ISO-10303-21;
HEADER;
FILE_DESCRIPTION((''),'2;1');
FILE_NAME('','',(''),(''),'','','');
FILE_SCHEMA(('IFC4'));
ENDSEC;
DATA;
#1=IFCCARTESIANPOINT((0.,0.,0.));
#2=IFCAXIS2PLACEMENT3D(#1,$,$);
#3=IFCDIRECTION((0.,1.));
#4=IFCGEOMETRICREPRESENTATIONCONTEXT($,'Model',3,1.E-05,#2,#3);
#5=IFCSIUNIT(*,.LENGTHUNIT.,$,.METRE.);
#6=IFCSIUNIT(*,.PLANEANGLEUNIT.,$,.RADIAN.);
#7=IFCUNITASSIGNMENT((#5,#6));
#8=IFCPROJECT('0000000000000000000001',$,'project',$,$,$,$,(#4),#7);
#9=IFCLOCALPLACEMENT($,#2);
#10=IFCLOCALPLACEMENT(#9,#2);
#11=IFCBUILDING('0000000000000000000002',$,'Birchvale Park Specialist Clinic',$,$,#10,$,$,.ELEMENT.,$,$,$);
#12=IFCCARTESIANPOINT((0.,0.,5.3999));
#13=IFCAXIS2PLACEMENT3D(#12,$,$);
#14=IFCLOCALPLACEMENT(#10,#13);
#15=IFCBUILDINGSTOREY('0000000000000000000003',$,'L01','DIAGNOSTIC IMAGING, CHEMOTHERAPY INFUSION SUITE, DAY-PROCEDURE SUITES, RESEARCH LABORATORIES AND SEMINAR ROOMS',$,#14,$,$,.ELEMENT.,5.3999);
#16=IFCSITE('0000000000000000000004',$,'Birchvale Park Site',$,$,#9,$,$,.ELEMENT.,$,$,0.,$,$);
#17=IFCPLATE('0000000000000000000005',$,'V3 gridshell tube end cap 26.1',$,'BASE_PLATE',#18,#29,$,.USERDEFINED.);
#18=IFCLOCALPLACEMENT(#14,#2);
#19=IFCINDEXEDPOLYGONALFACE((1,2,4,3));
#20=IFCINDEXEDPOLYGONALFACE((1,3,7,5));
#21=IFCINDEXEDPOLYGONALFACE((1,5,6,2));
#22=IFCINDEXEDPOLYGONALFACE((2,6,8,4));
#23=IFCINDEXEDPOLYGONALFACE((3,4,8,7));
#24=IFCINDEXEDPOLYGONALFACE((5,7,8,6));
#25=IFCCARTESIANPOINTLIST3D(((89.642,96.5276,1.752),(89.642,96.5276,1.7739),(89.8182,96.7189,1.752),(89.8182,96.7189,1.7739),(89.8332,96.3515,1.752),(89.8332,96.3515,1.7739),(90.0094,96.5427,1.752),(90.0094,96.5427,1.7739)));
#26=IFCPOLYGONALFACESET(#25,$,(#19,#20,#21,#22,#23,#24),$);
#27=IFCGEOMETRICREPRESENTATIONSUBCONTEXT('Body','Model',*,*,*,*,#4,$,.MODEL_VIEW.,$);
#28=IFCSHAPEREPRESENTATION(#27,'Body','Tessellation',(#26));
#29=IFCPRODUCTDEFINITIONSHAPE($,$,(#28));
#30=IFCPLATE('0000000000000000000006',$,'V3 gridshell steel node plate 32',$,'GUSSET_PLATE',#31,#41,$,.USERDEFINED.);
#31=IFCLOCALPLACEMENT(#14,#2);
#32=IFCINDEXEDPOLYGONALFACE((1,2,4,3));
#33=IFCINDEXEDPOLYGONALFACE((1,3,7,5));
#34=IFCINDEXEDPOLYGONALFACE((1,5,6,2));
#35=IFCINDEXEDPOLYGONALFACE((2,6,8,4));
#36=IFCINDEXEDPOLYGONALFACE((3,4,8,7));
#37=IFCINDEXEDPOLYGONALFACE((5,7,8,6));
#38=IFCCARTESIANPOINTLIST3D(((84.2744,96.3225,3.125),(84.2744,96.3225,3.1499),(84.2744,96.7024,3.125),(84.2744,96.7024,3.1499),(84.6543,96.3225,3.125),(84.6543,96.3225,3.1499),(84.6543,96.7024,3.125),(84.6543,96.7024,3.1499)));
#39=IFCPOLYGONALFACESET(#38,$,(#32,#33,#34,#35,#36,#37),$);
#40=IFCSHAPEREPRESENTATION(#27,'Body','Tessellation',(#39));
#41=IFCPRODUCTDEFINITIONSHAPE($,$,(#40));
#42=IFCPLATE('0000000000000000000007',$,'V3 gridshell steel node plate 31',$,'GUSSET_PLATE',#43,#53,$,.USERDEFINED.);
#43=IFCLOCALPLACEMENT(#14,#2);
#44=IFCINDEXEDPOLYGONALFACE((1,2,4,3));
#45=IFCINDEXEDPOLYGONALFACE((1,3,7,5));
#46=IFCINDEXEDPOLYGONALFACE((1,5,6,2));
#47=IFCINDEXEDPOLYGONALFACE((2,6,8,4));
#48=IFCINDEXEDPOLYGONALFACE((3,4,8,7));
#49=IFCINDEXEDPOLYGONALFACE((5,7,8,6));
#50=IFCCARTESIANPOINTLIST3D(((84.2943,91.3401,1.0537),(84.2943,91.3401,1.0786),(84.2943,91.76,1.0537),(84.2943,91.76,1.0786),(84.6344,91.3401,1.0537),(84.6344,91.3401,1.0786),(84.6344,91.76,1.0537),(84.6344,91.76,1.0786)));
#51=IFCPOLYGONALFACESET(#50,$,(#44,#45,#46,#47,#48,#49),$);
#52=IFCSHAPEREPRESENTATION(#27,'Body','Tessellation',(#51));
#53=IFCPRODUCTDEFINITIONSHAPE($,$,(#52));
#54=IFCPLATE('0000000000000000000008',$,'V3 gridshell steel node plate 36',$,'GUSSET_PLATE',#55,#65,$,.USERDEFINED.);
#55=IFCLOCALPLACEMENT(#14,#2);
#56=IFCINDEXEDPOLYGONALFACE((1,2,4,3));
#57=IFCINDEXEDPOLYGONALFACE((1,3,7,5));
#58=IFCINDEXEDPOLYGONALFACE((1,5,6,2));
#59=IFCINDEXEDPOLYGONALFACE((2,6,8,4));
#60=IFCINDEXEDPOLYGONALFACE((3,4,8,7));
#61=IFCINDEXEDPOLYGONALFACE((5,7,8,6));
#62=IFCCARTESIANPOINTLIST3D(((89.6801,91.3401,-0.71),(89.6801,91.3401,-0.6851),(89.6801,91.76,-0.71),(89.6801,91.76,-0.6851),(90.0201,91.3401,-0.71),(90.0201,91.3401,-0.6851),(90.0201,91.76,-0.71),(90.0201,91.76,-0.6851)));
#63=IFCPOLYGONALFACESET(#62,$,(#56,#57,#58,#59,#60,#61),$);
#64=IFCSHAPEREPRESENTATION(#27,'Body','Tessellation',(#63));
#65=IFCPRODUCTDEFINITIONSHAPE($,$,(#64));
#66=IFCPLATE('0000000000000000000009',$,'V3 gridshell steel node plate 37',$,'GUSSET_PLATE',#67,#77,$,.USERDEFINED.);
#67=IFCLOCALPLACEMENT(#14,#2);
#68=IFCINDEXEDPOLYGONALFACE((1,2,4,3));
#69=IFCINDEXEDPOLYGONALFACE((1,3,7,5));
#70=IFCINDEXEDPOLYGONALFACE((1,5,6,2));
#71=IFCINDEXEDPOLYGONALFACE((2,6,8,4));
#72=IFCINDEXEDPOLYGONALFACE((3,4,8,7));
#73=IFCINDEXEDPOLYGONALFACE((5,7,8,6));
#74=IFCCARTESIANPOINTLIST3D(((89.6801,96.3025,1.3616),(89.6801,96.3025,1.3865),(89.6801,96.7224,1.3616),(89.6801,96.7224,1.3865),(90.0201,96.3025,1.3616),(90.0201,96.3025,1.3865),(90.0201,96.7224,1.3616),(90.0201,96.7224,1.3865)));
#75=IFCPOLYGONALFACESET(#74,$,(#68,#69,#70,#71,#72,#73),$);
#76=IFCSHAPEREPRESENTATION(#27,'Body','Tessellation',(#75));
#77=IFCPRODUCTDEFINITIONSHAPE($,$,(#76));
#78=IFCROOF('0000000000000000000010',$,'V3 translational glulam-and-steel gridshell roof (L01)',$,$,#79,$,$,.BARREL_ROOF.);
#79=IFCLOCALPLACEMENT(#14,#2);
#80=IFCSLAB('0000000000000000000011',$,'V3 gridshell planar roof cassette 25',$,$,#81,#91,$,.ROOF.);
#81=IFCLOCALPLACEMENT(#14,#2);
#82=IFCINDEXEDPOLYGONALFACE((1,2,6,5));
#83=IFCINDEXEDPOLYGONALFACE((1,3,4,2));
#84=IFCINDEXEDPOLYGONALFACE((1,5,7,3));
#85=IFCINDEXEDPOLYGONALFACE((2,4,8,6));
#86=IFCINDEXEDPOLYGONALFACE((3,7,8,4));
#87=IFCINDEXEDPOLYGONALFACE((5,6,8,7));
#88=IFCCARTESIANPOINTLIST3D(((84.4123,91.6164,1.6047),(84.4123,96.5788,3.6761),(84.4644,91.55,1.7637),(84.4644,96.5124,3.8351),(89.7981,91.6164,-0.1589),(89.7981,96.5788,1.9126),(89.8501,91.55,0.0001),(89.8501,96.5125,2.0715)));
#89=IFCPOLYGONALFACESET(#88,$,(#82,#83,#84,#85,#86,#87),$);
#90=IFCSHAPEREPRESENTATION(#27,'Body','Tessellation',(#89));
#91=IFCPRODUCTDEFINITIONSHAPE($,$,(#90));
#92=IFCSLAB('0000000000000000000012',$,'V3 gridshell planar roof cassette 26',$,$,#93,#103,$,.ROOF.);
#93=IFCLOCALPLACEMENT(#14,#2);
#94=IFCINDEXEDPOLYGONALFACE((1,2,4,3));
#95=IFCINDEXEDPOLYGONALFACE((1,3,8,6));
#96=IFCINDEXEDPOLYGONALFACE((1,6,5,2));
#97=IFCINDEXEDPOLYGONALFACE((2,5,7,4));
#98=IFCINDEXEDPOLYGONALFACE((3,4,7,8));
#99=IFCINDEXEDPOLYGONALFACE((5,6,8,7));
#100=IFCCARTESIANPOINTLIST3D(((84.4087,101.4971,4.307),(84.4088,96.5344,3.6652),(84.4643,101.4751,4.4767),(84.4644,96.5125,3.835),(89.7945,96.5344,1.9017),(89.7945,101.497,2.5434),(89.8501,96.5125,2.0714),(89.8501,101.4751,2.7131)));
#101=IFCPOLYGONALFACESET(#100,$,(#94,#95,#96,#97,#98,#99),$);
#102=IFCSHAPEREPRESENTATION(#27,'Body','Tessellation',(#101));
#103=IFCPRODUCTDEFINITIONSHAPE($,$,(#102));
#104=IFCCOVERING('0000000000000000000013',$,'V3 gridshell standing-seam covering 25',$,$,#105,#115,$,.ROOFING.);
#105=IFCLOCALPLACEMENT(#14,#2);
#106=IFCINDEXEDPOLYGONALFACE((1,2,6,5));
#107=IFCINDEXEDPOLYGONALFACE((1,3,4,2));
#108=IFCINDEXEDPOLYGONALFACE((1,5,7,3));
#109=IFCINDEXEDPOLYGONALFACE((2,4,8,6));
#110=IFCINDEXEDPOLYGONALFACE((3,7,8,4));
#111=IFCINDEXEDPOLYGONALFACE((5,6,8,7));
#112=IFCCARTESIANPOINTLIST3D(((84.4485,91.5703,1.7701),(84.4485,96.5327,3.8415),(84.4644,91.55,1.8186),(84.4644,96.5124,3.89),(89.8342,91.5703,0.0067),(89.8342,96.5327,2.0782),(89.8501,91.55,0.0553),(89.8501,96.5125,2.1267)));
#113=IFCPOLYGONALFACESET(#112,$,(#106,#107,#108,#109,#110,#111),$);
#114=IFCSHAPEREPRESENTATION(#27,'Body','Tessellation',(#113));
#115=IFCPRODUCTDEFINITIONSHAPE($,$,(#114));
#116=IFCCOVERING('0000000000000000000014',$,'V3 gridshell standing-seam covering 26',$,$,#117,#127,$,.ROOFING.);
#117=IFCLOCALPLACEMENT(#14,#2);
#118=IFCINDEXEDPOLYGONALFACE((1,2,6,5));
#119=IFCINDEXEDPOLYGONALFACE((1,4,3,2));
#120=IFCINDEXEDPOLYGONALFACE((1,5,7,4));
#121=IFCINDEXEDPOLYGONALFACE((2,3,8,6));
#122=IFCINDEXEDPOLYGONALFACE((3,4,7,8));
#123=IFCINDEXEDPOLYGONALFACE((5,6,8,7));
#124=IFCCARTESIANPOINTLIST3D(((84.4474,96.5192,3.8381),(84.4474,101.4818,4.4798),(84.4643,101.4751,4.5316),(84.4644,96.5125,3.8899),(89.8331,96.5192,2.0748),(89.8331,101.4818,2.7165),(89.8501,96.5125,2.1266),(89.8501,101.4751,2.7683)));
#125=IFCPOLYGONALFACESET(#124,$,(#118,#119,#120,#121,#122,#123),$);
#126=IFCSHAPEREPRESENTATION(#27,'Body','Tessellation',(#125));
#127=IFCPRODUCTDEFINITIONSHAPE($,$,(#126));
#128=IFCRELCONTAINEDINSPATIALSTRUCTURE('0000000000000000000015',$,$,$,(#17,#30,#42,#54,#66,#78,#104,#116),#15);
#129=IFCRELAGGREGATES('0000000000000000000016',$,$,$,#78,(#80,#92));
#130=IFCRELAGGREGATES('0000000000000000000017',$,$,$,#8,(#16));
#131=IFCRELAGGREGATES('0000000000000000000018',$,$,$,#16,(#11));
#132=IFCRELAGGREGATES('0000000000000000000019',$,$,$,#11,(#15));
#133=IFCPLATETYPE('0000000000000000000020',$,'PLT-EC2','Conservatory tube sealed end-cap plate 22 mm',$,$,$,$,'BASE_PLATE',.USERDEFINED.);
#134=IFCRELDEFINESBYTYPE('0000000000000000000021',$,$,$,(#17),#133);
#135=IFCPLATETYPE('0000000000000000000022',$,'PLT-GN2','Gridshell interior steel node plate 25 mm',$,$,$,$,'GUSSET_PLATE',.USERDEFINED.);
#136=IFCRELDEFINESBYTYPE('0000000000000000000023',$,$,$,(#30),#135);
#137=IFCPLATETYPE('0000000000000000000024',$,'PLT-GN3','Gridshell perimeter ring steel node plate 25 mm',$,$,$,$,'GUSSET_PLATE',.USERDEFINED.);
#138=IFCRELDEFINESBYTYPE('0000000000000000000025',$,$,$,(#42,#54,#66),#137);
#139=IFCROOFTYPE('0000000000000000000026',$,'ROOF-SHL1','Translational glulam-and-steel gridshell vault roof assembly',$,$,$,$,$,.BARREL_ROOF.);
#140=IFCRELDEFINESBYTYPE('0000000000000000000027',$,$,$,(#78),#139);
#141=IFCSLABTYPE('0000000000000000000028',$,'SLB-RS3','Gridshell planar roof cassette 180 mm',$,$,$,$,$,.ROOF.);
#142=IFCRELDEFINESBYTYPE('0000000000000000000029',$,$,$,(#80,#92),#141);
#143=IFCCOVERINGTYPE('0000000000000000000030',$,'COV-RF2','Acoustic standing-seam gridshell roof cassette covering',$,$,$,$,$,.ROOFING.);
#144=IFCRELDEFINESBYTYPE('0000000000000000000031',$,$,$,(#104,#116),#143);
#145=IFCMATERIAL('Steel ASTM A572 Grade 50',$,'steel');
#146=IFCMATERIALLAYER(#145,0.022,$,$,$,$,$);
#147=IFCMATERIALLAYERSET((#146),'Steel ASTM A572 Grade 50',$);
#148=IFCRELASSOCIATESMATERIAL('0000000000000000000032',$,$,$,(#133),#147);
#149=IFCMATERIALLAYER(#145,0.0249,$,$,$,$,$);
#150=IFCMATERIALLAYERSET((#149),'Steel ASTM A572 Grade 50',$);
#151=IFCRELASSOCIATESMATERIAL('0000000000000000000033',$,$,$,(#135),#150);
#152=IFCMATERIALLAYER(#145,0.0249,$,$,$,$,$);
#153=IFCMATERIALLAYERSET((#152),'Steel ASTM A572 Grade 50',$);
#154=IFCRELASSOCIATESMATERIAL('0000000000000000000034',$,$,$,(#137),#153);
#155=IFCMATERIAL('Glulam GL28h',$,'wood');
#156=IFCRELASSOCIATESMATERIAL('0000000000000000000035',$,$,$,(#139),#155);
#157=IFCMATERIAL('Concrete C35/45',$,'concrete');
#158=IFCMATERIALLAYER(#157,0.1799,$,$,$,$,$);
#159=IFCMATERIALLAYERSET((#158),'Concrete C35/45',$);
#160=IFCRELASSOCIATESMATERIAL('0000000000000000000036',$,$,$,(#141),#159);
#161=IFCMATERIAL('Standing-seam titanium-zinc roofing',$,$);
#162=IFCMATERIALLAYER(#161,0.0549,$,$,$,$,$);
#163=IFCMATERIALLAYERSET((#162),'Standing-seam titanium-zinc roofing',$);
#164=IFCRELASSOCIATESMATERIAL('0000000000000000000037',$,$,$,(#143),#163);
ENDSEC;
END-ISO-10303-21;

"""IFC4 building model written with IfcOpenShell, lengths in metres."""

from ifc_helpers import new_model, si_unit, direction, frame, origin, origin_2d, place, context, subcontext, project, spatial, polyline, rectangle, outline, extrude, material, layer, layer_set, type_object, element, aggregate, save


model = new_model("IFC4")

# Units and contexts
model_context = context("Model", 3, precision=1e-05, world=origin(), true_north=direction((0.0, 1.0)))
body_context = subcontext(model_context, "Body", "Model", "MODEL_VIEW")
ifc_project = project(units=[si_unit("LENGTHUNIT", "METRE"), si_unit("PLANEANGLEUNIT", "RADIAN")], contexts=[model_context])

# Site, building, storey
site_placement = place(None, origin())
site = spatial("IfcSite", under=ifc_project, at=site_placement, Name="Birchvale Park Site", CompositionType="ELEMENT", RefElevation=0.0)
building_placement = place(site_placement, origin())
building = spatial("IfcBuilding", under=site, at=building_placement, Name="Birchvale Park Specialist Clinic", CompositionType="ELEMENT")
storey_placement = place(building_placement, frame((0.0, 0.0, 5.3999)))
storey = spatial("IfcBuildingStorey", under=building, at=storey_placement, Name="L01", Description="DIAGNOSTIC IMAGING, CHEMOTHERAPY INFUSION SUITE, DAY-PROCEDURE SUITES, RESEARCH LABORATORIES AND SEMINAR ROOMS", CompositionType="ELEMENT", Elevation=5.3999)

# Shared definitions
ifc_material_1 = material(Name="Glulam GL28h", Category="wood")

# Plates
ifc_material_2 = material(Name="Steel ASTM A572 Grade 50", Category="steel")
ifc_layer_1 = layer(ifc_material_2, 0.022)
ifc_layer_set_1 = layer_set([ifc_layer_1], Name="Steel ASTM A572 Grade 50")
plate_type_1 = type_object("IfcPlateType", Name="PLT-EC2", Description="Conservatory tube sealed end-cap plate 22 mm", ElementType="BASE_PLATE", PredefinedType="USERDEFINED", material=ifc_layer_set_1)
for number, where, z_axis, x_axis, name in (
    (1, (89.8257, 96.5352, 1.752), (0.0, 0.0, 1.0), (-0.735388, 0.677646, 0.0), "V3 gridshell tube end cap 26.1"),
):
    element("IfcPlate", number, at=place(storey_placement, frame(where, z_axis=z_axis, x_axis=x_axis)), inside=storey, type_object=plate_type_1, Name=name, ObjectType="BASE_PLATE", PredefinedType="USERDEFINED", context=body_context, shape_type="SweptSolid", body=[
        extrude(rectangle(XDim=0.26, YDim=0.26, at=origin_2d()), origin(), (0.0, 0.0, 1.0), 0.022),
    ])
ifc_layer_2 = layer(ifc_material_2, 0.0249)
ifc_layer_set_2 = layer_set([ifc_layer_2], Name="Steel ASTM A572 Grade 50")
plate_type_2 = type_object("IfcPlateType", Name="PLT-GN2", Description="Gridshell interior steel node plate 25 mm", ElementType="GUSSET_PLATE", PredefinedType="USERDEFINED", material=ifc_layer_set_2)
plate_placement = place(storey_placement, frame((84.4644, 96.5125, 3.125), z_axis=(0.0, 0.0, 1.0), x_axis=(1.0, 0.0, 0.0)))
element("IfcPlate", 2, at=plate_placement, inside=storey, type_object=plate_type_2, Name="V3 gridshell steel node plate 32", ObjectType="GUSSET_PLATE", PredefinedType="USERDEFINED", context=body_context, shape_type="SweptSolid", body=[
    extrude(rectangle(XDim=0.3799, YDim=0.3799, at=origin_2d()), origin(), (0.0, 0.0, 1.0), 0.0249),
])
ifc_layer_3 = layer(ifc_material_2, 0.0249)
ifc_layer_set_3 = layer_set([ifc_layer_3], Name="Steel ASTM A572 Grade 50")
plate_type_3 = type_object("IfcPlateType", Name="PLT-GN3", Description="Gridshell perimeter ring steel node plate 25 mm", ElementType="GUSSET_PLATE", PredefinedType="USERDEFINED", material=ifc_layer_set_3)
for number, where, z_axis, x_axis, name in (
    (3, (84.4644, 91.55, 1.0537), (0.0, 0.0, 1.0), (1.0, 0.0, 0.0), "V3 gridshell steel node plate 31"),
    (4, (89.8501, 91.55, -0.71), (0.0, 0.0, 1.0), (1.0, 0.0, 0.0), "V3 gridshell steel node plate 36"),
    (5, (89.8501, 96.5125, 1.3616), (0.0, 0.0, 1.0), (1.0, 0.0, 0.0), "V3 gridshell steel node plate 37"),
):
    element("IfcPlate", number, at=place(storey_placement, frame(where, z_axis=z_axis, x_axis=x_axis)), inside=storey, type_object=plate_type_3, Name=name, ObjectType="GUSSET_PLATE", PredefinedType="USERDEFINED", context=body_context, shape_type="SweptSolid", body=[
        extrude(rectangle(XDim=0.3401, YDim=0.4199, at=origin_2d()), origin(), (0.0, 0.0, 1.0), 0.0249),
    ])

# Roof, slabs
roof_type = type_object("IfcRoofType", Name="ROOF-SHL1", Description="Translational glulam-and-steel gridshell vault roof assembly", PredefinedType="BARREL_ROOF", material=ifc_material_1)
roof_placement = place(storey_placement, origin())
roof = element("IfcRoof", 6, at=roof_placement, inside=storey, type_object=roof_type, Name="V3 translational glulam-and-steel gridshell roof (L01)", PredefinedType="BARREL_ROOF")
ifc_material_3 = material(Name="Concrete C35/45", Category="concrete")
ifc_layer_4 = layer(ifc_material_3, 0.1799)
ifc_layer_set_4 = layer_set([ifc_layer_4], Name="Concrete C35/45")
slab_type = type_object("IfcSlabType", Name="SLB-RS3", Description="Gridshell planar roof cassette 180 mm", PredefinedType="ROOF", material=ifc_layer_set_4)
slab_1_placement = place(storey_placement, frame((84.4644, 91.55, 1.7637), z_axis=(0.289261, -0.368741, 0.883379), x_axis=(0.950347, -0.000007, -0.311192)))
slab_1 = element("IfcSlab", 7, at=slab_1_placement, type_object=slab_type, Name="V3 gridshell planar roof cassette 25", PredefinedType="ROOF", context=body_context, shape_type="SweptSolid", body=[
    extrude(outline(polyline([(0.0, 0.0), (5.6672, 0.0), (5.0225, 5.3386), (-0.6446, 5.3386), (0.0, 0.0)])), origin(), (0.0, 0.0, -1.0), 0.1799),
])
slab_2_placement = place(storey_placement, frame((84.4644, 96.5125, 3.835), z_axis=(0.308866, -0.121973, 0.943252), x_axis=(0.950348, 0.000002, -0.311189)))
slab_2 = element("IfcSlab", 8, at=slab_2_placement, type_object=slab_type, Name="V3 gridshell planar roof cassette 26", PredefinedType="ROOF", context=body_context, shape_type="SweptSolid", body=[
    extrude(outline(polyline([(0.0, 0.0), (5.6671, 0.0), (5.4674, 5.0), (-0.1997, 5.0), (0.0, 0.0)])), origin(), (0.0, 0.0, -1.0), 0.1799),
])
aggregate(roof, [slab_1, slab_2])

# Coverings
ifc_material_4 = material(Name="Standing-seam titanium-zinc roofing")
ifc_layer_5 = layer(ifc_material_4, 0.0549)
ifc_layer_set_5 = layer_set([ifc_layer_5], Name="Standing-seam titanium-zinc roofing")
covering_type = type_object("IfcCoveringType", Name="COV-RF2", Description="Acoustic standing-seam gridshell roof cassette covering", PredefinedType="ROOFING", material=ifc_layer_set_5)
covering_1_placement = place(storey_placement, frame((84.4644, 91.55, 1.8186), z_axis=(0.289224, -0.368745, 0.883389), x_axis=(0.95036, -0.000007, -0.311153)))
element("IfcCovering", 9, at=covering_1_placement, inside=storey, type_object=covering_type, Name="V3 gridshell standing-seam covering 25", PredefinedType="ROOFING", context=body_context, shape_type="SweptSolid", body=[
    extrude(outline(polyline([(0.0, 0.0), (5.6671, 0.0), (5.0225, 5.3386), (-0.6445, 5.3386), (0.0, 0.0)])), origin(), (0.0, 0.0, -1.0), 0.0549),
])
covering_2_placement = place(storey_placement, frame((84.4644, 96.5125, 3.8899), z_axis=(0.308827, -0.121974, 0.943265), x_axis=(0.950361, 0.000002, -0.31115)))
element("IfcCovering", 10, at=covering_2_placement, inside=storey, type_object=covering_type, Name="V3 gridshell standing-seam covering 26", PredefinedType="ROOFING", context=body_context, shape_type="SweptSolid", body=[
    extrude(outline(polyline([(0.0, 0.0), (5.667, 0.0), (5.4674, 5.0), (-0.1997, 5.0), (0.0, 0.0)])), origin(), (0.0, 0.0, -1.0), 0.0549),
])

save(model, "model.ifc")
